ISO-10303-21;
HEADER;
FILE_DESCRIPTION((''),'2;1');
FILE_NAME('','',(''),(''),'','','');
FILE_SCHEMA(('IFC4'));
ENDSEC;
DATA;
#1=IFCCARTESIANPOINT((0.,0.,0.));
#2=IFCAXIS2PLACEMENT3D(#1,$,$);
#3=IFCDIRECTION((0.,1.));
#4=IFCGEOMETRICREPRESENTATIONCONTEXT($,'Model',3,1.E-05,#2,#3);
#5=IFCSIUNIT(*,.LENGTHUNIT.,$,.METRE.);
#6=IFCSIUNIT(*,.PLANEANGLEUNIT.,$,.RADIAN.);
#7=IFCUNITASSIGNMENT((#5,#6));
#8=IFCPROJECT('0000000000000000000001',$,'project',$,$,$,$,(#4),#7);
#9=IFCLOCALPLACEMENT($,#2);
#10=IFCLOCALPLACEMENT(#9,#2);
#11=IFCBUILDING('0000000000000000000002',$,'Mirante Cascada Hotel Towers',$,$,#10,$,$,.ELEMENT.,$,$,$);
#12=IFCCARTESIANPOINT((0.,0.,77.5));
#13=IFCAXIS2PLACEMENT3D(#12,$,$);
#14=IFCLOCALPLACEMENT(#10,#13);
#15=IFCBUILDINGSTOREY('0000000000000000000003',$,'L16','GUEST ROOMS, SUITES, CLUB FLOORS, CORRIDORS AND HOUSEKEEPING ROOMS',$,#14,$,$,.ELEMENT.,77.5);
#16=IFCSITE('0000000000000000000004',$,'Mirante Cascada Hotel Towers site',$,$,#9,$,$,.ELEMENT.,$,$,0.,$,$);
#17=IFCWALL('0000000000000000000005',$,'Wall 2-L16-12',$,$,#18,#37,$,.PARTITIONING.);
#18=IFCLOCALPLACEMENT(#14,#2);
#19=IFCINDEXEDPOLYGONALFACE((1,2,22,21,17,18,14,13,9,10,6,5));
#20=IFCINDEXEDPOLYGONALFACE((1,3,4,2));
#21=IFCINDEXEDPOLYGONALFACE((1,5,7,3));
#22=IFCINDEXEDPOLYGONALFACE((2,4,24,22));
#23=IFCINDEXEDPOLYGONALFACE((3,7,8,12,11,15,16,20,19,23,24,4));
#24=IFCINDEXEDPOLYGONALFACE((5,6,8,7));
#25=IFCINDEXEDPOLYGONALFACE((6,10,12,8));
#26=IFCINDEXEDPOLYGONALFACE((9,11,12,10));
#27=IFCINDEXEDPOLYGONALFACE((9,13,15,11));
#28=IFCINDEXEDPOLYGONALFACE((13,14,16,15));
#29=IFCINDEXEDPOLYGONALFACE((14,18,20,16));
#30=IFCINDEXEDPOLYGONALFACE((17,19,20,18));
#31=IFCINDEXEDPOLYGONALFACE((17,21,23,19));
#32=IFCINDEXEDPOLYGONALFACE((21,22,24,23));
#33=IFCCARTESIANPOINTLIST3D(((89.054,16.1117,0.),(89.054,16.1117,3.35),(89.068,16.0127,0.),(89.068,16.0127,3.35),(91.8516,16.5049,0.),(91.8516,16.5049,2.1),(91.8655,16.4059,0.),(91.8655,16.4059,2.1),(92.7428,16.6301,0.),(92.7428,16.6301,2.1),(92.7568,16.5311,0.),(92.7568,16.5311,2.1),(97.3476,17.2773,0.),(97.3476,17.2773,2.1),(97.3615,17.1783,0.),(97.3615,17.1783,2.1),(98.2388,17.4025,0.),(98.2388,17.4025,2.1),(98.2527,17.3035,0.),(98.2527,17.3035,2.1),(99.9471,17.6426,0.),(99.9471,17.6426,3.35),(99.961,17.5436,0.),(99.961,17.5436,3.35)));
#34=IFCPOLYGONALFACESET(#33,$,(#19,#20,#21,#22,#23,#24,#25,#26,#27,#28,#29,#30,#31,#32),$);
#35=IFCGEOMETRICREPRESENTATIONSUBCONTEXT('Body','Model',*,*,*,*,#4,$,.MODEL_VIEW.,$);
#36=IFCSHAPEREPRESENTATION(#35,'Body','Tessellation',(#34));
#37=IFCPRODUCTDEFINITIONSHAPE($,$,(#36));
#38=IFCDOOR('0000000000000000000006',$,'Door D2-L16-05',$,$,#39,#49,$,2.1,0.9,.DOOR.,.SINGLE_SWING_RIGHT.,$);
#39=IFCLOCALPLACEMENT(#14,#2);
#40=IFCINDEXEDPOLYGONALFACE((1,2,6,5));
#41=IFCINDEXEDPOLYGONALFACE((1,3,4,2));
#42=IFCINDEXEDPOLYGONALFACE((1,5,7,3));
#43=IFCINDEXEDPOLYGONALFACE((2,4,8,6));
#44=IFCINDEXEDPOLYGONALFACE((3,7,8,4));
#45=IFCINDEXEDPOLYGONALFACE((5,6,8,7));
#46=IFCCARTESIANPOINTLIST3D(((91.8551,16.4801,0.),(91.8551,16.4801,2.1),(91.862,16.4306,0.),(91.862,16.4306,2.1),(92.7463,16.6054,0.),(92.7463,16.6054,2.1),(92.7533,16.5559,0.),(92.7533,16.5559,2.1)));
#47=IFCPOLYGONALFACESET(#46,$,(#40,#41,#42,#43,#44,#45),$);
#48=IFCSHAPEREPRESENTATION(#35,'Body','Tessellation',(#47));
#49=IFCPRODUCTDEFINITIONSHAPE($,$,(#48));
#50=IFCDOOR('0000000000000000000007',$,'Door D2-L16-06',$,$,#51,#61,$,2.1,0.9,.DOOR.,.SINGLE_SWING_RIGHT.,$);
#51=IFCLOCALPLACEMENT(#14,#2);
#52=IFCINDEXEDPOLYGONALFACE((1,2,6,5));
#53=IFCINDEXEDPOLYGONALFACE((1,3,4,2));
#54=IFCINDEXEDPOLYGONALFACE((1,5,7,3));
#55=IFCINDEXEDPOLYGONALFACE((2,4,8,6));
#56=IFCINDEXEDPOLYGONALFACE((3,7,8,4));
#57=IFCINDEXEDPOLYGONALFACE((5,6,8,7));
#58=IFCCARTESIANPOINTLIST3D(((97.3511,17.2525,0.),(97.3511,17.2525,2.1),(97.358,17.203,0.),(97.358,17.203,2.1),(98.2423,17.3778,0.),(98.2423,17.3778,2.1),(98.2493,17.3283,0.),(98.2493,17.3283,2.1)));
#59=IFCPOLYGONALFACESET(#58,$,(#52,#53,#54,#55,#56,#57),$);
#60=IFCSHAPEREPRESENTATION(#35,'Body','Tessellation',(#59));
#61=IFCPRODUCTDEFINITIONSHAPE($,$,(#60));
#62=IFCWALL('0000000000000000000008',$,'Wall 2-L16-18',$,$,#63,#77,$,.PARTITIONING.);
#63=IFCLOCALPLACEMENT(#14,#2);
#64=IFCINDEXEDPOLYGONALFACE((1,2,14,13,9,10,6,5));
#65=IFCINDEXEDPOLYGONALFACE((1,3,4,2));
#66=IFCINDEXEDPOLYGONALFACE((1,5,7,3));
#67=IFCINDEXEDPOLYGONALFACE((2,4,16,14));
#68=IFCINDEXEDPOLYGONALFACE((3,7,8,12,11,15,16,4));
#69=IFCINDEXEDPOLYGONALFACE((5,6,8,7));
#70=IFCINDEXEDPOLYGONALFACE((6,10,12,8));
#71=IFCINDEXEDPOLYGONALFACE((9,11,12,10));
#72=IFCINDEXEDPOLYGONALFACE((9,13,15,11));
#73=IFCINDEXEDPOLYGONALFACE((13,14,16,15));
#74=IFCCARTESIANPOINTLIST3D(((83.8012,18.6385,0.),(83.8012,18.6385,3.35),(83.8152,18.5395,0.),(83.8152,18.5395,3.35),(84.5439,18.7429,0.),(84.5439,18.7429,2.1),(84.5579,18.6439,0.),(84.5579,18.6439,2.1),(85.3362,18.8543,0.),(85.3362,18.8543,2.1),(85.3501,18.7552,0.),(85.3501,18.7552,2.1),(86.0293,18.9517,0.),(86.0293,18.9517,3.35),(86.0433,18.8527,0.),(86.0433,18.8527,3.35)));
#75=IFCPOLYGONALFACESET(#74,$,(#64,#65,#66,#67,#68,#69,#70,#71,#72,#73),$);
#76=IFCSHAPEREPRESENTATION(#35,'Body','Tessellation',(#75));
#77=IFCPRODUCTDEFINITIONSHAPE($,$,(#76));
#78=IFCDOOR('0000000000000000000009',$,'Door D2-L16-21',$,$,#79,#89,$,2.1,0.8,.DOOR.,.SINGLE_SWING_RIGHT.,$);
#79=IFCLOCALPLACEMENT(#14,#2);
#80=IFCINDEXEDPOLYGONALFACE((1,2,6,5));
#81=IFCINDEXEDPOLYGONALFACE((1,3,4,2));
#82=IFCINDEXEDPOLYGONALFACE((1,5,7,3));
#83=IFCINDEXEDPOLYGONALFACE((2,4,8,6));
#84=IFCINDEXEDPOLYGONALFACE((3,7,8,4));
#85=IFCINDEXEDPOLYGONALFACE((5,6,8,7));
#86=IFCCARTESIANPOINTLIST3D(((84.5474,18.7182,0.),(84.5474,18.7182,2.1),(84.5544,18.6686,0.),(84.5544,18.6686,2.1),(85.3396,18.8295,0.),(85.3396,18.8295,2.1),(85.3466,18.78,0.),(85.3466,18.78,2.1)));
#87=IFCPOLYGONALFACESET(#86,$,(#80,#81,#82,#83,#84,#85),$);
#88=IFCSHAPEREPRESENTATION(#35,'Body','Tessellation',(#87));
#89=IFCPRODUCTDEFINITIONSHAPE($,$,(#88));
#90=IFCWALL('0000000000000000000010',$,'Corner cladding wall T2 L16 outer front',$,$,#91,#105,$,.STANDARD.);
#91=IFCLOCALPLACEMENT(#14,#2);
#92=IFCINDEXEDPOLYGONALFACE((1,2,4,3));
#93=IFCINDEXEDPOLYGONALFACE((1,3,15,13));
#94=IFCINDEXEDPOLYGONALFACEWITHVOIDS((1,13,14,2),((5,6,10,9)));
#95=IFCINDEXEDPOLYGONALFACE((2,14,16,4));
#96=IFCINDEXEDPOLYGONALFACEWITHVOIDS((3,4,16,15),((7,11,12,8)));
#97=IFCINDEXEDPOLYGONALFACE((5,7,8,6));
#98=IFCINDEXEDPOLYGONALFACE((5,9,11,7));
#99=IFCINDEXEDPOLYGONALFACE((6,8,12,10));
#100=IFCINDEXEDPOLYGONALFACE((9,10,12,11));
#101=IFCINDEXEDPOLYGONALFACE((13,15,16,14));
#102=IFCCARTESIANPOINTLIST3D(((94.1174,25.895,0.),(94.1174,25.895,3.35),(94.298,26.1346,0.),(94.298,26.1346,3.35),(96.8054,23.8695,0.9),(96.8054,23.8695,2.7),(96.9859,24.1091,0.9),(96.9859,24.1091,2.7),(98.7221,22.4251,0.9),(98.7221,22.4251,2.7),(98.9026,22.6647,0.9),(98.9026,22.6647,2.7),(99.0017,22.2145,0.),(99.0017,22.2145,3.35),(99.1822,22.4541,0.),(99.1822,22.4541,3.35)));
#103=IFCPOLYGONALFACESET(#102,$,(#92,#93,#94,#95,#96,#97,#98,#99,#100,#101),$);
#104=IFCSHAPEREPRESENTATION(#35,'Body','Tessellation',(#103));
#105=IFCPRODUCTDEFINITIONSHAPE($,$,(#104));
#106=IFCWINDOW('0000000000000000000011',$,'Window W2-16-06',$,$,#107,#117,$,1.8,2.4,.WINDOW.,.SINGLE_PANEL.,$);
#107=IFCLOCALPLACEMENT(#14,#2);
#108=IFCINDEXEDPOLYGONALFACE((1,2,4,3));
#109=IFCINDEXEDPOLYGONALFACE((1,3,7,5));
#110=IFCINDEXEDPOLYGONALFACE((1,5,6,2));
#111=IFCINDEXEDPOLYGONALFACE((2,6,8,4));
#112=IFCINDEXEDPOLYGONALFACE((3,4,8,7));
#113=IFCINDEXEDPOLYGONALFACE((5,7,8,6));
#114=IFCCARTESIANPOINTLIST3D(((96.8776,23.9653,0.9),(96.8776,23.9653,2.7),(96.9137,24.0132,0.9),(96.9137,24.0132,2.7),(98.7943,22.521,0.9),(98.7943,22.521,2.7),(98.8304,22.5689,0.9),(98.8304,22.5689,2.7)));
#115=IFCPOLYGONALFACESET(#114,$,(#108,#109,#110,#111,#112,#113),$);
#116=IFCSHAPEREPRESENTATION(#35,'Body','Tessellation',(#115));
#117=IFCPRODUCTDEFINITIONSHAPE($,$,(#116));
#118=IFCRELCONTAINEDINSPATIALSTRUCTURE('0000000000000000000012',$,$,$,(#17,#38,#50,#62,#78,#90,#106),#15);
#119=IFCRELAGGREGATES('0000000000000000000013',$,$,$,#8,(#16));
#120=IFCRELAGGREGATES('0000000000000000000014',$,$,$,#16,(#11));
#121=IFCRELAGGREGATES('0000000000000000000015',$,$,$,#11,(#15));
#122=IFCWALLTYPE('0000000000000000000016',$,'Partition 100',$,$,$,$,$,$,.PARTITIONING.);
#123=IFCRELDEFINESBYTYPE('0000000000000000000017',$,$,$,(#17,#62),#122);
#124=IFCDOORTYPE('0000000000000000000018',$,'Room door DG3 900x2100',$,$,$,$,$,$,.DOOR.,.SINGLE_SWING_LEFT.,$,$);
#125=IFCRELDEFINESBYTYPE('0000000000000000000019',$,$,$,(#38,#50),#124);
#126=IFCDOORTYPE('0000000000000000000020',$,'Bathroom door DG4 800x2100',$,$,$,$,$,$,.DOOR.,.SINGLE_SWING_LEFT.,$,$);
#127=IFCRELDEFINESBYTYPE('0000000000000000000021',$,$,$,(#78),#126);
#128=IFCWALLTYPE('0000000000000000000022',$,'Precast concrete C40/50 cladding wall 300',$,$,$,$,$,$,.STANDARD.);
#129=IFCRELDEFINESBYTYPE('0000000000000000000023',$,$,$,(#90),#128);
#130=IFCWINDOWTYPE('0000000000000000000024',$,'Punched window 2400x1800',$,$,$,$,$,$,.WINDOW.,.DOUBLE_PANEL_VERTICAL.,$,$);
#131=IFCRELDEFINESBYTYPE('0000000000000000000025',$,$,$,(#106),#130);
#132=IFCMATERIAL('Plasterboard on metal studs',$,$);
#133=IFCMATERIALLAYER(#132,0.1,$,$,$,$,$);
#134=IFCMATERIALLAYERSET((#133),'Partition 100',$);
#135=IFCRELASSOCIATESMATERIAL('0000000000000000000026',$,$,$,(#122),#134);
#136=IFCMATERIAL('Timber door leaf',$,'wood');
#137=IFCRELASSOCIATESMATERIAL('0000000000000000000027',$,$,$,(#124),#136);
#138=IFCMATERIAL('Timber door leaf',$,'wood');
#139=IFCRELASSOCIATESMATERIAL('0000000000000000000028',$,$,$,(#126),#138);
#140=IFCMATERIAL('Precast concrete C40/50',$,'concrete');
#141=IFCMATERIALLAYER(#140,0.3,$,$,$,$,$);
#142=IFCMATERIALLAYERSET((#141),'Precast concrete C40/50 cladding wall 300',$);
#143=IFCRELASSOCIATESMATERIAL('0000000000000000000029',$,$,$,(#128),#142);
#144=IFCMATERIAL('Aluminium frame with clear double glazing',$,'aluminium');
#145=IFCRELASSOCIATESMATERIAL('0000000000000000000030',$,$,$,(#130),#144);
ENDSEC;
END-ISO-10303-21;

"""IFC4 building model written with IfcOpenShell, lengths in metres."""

from ifc_helpers import new_model, si_unit, direction, frame, frame_2d, origin, place, context, subcontext, project, spatial, rectangle, extrude, material, layer, layer_set, type_object, element, fill, save


model = new_model("IFC4")

# Units and contexts
model_context = context("Model", 3, precision=1e-05, world=origin(), true_north=direction((0.0, 1.0)))
body_context = subcontext(model_context, "Body", "Model", "MODEL_VIEW")
ifc_project = project(units=[si_unit("LENGTHUNIT", "METRE"), si_unit("PLANEANGLEUNIT", "RADIAN")], contexts=[model_context])

# Site, building, storey
site_placement = place(None, origin())
site = spatial("IfcSite", under=ifc_project, at=site_placement, Name="Mirante Cascada Hotel Towers site", CompositionType="ELEMENT", RefElevation=0.0)
building_placement = place(site_placement, origin())
building = spatial("IfcBuilding", under=site, at=building_placement, Name="Mirante Cascada Hotel Towers", CompositionType="ELEMENT")
storey_placement = place(building_placement, frame((0.0, 0.0, 77.5)))
storey = spatial("IfcBuildingStorey", under=building, at=storey_placement, Name="L16", Description="GUEST ROOMS, SUITES, CLUB FLOORS, CORRIDORS AND HOUSEKEEPING ROOMS", CompositionType="ELEMENT", Elevation=77.5)

# Wall, openings, doors
ifc_material_1 = material(Name="Plasterboard on metal studs")
ifc_layer_1 = layer(ifc_material_1, 0.1)
ifc_layer_set_1 = layer_set([ifc_layer_1], Name="Partition 100")
wall_type_1 = type_object("IfcWallType", Name="Partition 100", PredefinedType="PARTITIONING", material=ifc_layer_set_1)
wall_1_placement = place(storey_placement, frame((99.954, 17.5931, 0.0), z_axis=(0.0, 0.0, 1.0), x_axis=(-0.990268, -0.139172, 0.0)))
wall_1 = element("IfcWall", 1, at=wall_1_placement, inside=storey, type_object=wall_type_1, Name="Wall 2-L16-12", PredefinedType="PARTITIONING", context=body_context, shape_type="SweptSolid", body=[
    extrude(rectangle(XDim=11.0001, YDim=0.1, at=frame_2d((5.5, 0.0))), origin(), (0.0, 0.0, 1.0), 3.35),
])
opening_1_placement = place(wall_1_placement, frame((7.275, 0.0, 0.0)))
opening_1 = element("IfcOpeningElement", 2, at=opening_1_placement, cuts=wall_1, PredefinedType="OPENING", context=body_context, shape_type="SweptSolid", body=[
    extrude(rectangle(XDim=0.9, YDim=2.1, at=frame_2d((0.45, 1.05))), frame((0.0, 0.05, 0.0), z_axis=(0.0, -1.0, 0.0), x_axis=(1.0, 0.0, 0.0)), (0.0, 0.0, 1.0), 0.1),
])
opening_2_placement = place(wall_1_placement, frame((1.725, 0.0, 0.0)))
opening_2 = element("IfcOpeningElement", 3, at=opening_2_placement, cuts=wall_1, PredefinedType="OPENING", context=body_context, shape_type="SweptSolid", body=[
    extrude(rectangle(XDim=0.9, YDim=2.1, at=frame_2d((0.45, 1.05))), frame((0.0, 0.05, 0.0), z_axis=(0.0, -1.0, 0.0), x_axis=(1.0, 0.0, 0.0)), (0.0, 0.0, 1.0), 0.1),
])
ifc_material_2 = material(Name="Timber door leaf", Category="wood")
door_type_1 = type_object("IfcDoorType", Name="Room door DG3 900x2100", OperationType="SINGLE_SWING_LEFT", PredefinedType="DOOR", material=ifc_material_2)
door_1_placement = place(opening_1_placement, frame((0.9, 0.0, 0.0), z_axis=(0.0, 0.0, 1.0), x_axis=(-1.0, 0.0, 0.0)))
door_1 = element("IfcDoor", 4, at=door_1_placement, inside=storey, type_object=door_type_1, Name="Door D2-L16-05", OperationType="SINGLE_SWING_RIGHT", OverallHeight=2.1, OverallWidth=0.9, PredefinedType="DOOR", context=body_context, shape_type="SweptSolid", body=[
    extrude(rectangle(XDim=0.9, YDim=2.1, at=frame_2d((0.45, 1.05))), frame((0.0, 0.025, 0.0), z_axis=(0.0, -1.0, 0.0), x_axis=(1.0, 0.0, 0.0)), (0.0, 0.0, 1.0), 0.05),
])
fill(opening_1, door_1)
door_2_placement = place(opening_2_placement, frame((0.9, 0.0, 0.0), z_axis=(0.0, 0.0, 1.0), x_axis=(-1.0, 0.0, 0.0)))
door_2 = element("IfcDoor", 5, at=door_2_placement, inside=storey, type_object=door_type_1, Name="Door D2-L16-06", OperationType="SINGLE_SWING_RIGHT", OverallHeight=2.1, OverallWidth=0.9, PredefinedType="DOOR", context=body_context, shape_type="SweptSolid", body=[
    extrude(rectangle(XDim=0.9, YDim=2.1, at=frame_2d((0.45, 1.05))), frame((0.0, 0.025, 0.0), z_axis=(0.0, -1.0, 0.0), x_axis=(1.0, 0.0, 0.0)), (0.0, 0.0, 1.0), 0.05),
])
fill(opening_2, door_2)

# Wall, opening, door
wall_2_placement = place(storey_placement, frame((86.0363, 18.9022, 0.0), z_axis=(0.0, 0.0, 1.0), x_axis=(-0.990264, -0.1392, 0.0)))
wall_2 = element("IfcWall", 6, at=wall_2_placement, inside=storey, type_object=wall_type_1, Name="Wall 2-L16-18", PredefinedType="PARTITIONING", context=body_context, shape_type="SweptSolid", body=[
    extrude(rectangle(XDim=2.25, YDim=0.1, at=frame_2d((1.125, 0.0))), origin(), (0.0, 0.0, 1.0), 3.35),
])
opening_3_placement = place(wall_2_placement, frame((0.7, 0.0, 0.0)))
opening_3 = element("IfcOpeningElement", 7, at=opening_3_placement, cuts=wall_2, PredefinedType="OPENING", context=body_context, shape_type="SweptSolid", body=[
    extrude(rectangle(XDim=0.8, YDim=2.1, at=frame_2d((0.4, 1.05))), frame((0.0, 0.05, 0.0), z_axis=(0.0, -1.0, 0.0), x_axis=(1.0, 0.0, 0.0)), (0.0, 0.0, 1.0), 0.1),
])
ifc_material_3 = material(Name="Timber door leaf", Category="wood")
door_type_2 = type_object("IfcDoorType", Name="Bathroom door DG4 800x2100", OperationType="SINGLE_SWING_LEFT", PredefinedType="DOOR", material=ifc_material_3)
door_3_placement = place(opening_3_placement, frame((0.8, 0.0, 0.0), z_axis=(0.0, 0.0, 1.0), x_axis=(-1.0, 0.0, 0.0)))
door_3 = element("IfcDoor", 8, at=door_3_placement, inside=storey, type_object=door_type_2, Name="Door D2-L16-21", OperationType="SINGLE_SWING_RIGHT", OverallHeight=2.1, OverallWidth=0.8, PredefinedType="DOOR", context=body_context, shape_type="SweptSolid", body=[
    extrude(rectangle(XDim=0.8, YDim=2.1, at=frame_2d((0.4, 1.05))), frame((0.0, 0.025, 0.0), z_axis=(0.0, -1.0, 0.0), x_axis=(1.0, 0.0, 0.0)), (0.0, 0.0, 1.0), 0.05),
])
fill(opening_3, door_3)

# Wall, opening, window
ifc_material_4 = material(Name="Precast concrete C40/50", Category="concrete")
ifc_layer_2 = layer(ifc_material_4, 0.3)
ifc_layer_set_2 = layer_set([ifc_layer_2], Name="Precast concrete C40/50 cladding wall 300")
wall_type_2 = type_object("IfcWallType", Name="Precast concrete C40/50 cladding wall 300", PredefinedType="STANDARD", material=ifc_layer_set_2)
wall_3_placement = place(storey_placement, frame((99.0919, 22.3343, 0.0), z_axis=(0.0, 0.0, 1.0), x_axis=(-0.798636, 0.601814, 0.0)))
wall_3 = element("IfcWall", 9, at=wall_3_placement, inside=storey, type_object=wall_type_2, Name="Corner cladding wall T2 L16 outer front", PredefinedType="STANDARD", context=body_context, shape_type="SweptSolid", body=[
    extrude(rectangle(XDim=6.1157, YDim=0.3, at=frame_2d((3.0578, 0.0))), origin(), (0.0, 0.0, 1.0), 3.35),
])
opening_4_placement = place(wall_3_placement, frame((0.35, 0.0, 0.9)))
opening_4 = element("IfcOpeningElement", 10, at=opening_4_placement, cuts=wall_3, PredefinedType="OPENING", context=body_context, shape_type="SweptSolid", body=[
    extrude(rectangle(XDim=2.4, YDim=1.8, at=frame_2d((1.2, 0.9))), frame((0.0, 0.15, 0.0), z_axis=(0.0, -1.0, 0.0), x_axis=(1.0, 0.0, 0.0)), (0.0, 0.0, 1.0), 0.3),
])
ifc_material_5 = material(Name="Aluminium frame with clear double glazing", Category="aluminium")
window_type = type_object("IfcWindowType", Name="Punched window 2400x1800", PartitioningType="DOUBLE_PANEL_VERTICAL", PredefinedType="WINDOW", material=ifc_material_5)
window_placement = place(opening_4_placement, origin())
window = element("IfcWindow", 11, at=window_placement, inside=storey, type_object=window_type, Name="Window W2-16-06", OverallHeight=1.8, OverallWidth=2.4, PartitioningType="SINGLE_PANEL", PredefinedType="WINDOW", context=body_context, shape_type="SweptSolid", body=[
    extrude(rectangle(XDim=2.4, YDim=1.8, at=frame_2d((1.2, 0.9))), frame((0.0, 0.03, 0.0), z_axis=(0.0, -1.0, 0.0), x_axis=(1.0, 0.0, 0.0)), (0.0, 0.0, 1.0), 0.06),
])
fill(opening_4, window)

save(model, "model.ifc")
